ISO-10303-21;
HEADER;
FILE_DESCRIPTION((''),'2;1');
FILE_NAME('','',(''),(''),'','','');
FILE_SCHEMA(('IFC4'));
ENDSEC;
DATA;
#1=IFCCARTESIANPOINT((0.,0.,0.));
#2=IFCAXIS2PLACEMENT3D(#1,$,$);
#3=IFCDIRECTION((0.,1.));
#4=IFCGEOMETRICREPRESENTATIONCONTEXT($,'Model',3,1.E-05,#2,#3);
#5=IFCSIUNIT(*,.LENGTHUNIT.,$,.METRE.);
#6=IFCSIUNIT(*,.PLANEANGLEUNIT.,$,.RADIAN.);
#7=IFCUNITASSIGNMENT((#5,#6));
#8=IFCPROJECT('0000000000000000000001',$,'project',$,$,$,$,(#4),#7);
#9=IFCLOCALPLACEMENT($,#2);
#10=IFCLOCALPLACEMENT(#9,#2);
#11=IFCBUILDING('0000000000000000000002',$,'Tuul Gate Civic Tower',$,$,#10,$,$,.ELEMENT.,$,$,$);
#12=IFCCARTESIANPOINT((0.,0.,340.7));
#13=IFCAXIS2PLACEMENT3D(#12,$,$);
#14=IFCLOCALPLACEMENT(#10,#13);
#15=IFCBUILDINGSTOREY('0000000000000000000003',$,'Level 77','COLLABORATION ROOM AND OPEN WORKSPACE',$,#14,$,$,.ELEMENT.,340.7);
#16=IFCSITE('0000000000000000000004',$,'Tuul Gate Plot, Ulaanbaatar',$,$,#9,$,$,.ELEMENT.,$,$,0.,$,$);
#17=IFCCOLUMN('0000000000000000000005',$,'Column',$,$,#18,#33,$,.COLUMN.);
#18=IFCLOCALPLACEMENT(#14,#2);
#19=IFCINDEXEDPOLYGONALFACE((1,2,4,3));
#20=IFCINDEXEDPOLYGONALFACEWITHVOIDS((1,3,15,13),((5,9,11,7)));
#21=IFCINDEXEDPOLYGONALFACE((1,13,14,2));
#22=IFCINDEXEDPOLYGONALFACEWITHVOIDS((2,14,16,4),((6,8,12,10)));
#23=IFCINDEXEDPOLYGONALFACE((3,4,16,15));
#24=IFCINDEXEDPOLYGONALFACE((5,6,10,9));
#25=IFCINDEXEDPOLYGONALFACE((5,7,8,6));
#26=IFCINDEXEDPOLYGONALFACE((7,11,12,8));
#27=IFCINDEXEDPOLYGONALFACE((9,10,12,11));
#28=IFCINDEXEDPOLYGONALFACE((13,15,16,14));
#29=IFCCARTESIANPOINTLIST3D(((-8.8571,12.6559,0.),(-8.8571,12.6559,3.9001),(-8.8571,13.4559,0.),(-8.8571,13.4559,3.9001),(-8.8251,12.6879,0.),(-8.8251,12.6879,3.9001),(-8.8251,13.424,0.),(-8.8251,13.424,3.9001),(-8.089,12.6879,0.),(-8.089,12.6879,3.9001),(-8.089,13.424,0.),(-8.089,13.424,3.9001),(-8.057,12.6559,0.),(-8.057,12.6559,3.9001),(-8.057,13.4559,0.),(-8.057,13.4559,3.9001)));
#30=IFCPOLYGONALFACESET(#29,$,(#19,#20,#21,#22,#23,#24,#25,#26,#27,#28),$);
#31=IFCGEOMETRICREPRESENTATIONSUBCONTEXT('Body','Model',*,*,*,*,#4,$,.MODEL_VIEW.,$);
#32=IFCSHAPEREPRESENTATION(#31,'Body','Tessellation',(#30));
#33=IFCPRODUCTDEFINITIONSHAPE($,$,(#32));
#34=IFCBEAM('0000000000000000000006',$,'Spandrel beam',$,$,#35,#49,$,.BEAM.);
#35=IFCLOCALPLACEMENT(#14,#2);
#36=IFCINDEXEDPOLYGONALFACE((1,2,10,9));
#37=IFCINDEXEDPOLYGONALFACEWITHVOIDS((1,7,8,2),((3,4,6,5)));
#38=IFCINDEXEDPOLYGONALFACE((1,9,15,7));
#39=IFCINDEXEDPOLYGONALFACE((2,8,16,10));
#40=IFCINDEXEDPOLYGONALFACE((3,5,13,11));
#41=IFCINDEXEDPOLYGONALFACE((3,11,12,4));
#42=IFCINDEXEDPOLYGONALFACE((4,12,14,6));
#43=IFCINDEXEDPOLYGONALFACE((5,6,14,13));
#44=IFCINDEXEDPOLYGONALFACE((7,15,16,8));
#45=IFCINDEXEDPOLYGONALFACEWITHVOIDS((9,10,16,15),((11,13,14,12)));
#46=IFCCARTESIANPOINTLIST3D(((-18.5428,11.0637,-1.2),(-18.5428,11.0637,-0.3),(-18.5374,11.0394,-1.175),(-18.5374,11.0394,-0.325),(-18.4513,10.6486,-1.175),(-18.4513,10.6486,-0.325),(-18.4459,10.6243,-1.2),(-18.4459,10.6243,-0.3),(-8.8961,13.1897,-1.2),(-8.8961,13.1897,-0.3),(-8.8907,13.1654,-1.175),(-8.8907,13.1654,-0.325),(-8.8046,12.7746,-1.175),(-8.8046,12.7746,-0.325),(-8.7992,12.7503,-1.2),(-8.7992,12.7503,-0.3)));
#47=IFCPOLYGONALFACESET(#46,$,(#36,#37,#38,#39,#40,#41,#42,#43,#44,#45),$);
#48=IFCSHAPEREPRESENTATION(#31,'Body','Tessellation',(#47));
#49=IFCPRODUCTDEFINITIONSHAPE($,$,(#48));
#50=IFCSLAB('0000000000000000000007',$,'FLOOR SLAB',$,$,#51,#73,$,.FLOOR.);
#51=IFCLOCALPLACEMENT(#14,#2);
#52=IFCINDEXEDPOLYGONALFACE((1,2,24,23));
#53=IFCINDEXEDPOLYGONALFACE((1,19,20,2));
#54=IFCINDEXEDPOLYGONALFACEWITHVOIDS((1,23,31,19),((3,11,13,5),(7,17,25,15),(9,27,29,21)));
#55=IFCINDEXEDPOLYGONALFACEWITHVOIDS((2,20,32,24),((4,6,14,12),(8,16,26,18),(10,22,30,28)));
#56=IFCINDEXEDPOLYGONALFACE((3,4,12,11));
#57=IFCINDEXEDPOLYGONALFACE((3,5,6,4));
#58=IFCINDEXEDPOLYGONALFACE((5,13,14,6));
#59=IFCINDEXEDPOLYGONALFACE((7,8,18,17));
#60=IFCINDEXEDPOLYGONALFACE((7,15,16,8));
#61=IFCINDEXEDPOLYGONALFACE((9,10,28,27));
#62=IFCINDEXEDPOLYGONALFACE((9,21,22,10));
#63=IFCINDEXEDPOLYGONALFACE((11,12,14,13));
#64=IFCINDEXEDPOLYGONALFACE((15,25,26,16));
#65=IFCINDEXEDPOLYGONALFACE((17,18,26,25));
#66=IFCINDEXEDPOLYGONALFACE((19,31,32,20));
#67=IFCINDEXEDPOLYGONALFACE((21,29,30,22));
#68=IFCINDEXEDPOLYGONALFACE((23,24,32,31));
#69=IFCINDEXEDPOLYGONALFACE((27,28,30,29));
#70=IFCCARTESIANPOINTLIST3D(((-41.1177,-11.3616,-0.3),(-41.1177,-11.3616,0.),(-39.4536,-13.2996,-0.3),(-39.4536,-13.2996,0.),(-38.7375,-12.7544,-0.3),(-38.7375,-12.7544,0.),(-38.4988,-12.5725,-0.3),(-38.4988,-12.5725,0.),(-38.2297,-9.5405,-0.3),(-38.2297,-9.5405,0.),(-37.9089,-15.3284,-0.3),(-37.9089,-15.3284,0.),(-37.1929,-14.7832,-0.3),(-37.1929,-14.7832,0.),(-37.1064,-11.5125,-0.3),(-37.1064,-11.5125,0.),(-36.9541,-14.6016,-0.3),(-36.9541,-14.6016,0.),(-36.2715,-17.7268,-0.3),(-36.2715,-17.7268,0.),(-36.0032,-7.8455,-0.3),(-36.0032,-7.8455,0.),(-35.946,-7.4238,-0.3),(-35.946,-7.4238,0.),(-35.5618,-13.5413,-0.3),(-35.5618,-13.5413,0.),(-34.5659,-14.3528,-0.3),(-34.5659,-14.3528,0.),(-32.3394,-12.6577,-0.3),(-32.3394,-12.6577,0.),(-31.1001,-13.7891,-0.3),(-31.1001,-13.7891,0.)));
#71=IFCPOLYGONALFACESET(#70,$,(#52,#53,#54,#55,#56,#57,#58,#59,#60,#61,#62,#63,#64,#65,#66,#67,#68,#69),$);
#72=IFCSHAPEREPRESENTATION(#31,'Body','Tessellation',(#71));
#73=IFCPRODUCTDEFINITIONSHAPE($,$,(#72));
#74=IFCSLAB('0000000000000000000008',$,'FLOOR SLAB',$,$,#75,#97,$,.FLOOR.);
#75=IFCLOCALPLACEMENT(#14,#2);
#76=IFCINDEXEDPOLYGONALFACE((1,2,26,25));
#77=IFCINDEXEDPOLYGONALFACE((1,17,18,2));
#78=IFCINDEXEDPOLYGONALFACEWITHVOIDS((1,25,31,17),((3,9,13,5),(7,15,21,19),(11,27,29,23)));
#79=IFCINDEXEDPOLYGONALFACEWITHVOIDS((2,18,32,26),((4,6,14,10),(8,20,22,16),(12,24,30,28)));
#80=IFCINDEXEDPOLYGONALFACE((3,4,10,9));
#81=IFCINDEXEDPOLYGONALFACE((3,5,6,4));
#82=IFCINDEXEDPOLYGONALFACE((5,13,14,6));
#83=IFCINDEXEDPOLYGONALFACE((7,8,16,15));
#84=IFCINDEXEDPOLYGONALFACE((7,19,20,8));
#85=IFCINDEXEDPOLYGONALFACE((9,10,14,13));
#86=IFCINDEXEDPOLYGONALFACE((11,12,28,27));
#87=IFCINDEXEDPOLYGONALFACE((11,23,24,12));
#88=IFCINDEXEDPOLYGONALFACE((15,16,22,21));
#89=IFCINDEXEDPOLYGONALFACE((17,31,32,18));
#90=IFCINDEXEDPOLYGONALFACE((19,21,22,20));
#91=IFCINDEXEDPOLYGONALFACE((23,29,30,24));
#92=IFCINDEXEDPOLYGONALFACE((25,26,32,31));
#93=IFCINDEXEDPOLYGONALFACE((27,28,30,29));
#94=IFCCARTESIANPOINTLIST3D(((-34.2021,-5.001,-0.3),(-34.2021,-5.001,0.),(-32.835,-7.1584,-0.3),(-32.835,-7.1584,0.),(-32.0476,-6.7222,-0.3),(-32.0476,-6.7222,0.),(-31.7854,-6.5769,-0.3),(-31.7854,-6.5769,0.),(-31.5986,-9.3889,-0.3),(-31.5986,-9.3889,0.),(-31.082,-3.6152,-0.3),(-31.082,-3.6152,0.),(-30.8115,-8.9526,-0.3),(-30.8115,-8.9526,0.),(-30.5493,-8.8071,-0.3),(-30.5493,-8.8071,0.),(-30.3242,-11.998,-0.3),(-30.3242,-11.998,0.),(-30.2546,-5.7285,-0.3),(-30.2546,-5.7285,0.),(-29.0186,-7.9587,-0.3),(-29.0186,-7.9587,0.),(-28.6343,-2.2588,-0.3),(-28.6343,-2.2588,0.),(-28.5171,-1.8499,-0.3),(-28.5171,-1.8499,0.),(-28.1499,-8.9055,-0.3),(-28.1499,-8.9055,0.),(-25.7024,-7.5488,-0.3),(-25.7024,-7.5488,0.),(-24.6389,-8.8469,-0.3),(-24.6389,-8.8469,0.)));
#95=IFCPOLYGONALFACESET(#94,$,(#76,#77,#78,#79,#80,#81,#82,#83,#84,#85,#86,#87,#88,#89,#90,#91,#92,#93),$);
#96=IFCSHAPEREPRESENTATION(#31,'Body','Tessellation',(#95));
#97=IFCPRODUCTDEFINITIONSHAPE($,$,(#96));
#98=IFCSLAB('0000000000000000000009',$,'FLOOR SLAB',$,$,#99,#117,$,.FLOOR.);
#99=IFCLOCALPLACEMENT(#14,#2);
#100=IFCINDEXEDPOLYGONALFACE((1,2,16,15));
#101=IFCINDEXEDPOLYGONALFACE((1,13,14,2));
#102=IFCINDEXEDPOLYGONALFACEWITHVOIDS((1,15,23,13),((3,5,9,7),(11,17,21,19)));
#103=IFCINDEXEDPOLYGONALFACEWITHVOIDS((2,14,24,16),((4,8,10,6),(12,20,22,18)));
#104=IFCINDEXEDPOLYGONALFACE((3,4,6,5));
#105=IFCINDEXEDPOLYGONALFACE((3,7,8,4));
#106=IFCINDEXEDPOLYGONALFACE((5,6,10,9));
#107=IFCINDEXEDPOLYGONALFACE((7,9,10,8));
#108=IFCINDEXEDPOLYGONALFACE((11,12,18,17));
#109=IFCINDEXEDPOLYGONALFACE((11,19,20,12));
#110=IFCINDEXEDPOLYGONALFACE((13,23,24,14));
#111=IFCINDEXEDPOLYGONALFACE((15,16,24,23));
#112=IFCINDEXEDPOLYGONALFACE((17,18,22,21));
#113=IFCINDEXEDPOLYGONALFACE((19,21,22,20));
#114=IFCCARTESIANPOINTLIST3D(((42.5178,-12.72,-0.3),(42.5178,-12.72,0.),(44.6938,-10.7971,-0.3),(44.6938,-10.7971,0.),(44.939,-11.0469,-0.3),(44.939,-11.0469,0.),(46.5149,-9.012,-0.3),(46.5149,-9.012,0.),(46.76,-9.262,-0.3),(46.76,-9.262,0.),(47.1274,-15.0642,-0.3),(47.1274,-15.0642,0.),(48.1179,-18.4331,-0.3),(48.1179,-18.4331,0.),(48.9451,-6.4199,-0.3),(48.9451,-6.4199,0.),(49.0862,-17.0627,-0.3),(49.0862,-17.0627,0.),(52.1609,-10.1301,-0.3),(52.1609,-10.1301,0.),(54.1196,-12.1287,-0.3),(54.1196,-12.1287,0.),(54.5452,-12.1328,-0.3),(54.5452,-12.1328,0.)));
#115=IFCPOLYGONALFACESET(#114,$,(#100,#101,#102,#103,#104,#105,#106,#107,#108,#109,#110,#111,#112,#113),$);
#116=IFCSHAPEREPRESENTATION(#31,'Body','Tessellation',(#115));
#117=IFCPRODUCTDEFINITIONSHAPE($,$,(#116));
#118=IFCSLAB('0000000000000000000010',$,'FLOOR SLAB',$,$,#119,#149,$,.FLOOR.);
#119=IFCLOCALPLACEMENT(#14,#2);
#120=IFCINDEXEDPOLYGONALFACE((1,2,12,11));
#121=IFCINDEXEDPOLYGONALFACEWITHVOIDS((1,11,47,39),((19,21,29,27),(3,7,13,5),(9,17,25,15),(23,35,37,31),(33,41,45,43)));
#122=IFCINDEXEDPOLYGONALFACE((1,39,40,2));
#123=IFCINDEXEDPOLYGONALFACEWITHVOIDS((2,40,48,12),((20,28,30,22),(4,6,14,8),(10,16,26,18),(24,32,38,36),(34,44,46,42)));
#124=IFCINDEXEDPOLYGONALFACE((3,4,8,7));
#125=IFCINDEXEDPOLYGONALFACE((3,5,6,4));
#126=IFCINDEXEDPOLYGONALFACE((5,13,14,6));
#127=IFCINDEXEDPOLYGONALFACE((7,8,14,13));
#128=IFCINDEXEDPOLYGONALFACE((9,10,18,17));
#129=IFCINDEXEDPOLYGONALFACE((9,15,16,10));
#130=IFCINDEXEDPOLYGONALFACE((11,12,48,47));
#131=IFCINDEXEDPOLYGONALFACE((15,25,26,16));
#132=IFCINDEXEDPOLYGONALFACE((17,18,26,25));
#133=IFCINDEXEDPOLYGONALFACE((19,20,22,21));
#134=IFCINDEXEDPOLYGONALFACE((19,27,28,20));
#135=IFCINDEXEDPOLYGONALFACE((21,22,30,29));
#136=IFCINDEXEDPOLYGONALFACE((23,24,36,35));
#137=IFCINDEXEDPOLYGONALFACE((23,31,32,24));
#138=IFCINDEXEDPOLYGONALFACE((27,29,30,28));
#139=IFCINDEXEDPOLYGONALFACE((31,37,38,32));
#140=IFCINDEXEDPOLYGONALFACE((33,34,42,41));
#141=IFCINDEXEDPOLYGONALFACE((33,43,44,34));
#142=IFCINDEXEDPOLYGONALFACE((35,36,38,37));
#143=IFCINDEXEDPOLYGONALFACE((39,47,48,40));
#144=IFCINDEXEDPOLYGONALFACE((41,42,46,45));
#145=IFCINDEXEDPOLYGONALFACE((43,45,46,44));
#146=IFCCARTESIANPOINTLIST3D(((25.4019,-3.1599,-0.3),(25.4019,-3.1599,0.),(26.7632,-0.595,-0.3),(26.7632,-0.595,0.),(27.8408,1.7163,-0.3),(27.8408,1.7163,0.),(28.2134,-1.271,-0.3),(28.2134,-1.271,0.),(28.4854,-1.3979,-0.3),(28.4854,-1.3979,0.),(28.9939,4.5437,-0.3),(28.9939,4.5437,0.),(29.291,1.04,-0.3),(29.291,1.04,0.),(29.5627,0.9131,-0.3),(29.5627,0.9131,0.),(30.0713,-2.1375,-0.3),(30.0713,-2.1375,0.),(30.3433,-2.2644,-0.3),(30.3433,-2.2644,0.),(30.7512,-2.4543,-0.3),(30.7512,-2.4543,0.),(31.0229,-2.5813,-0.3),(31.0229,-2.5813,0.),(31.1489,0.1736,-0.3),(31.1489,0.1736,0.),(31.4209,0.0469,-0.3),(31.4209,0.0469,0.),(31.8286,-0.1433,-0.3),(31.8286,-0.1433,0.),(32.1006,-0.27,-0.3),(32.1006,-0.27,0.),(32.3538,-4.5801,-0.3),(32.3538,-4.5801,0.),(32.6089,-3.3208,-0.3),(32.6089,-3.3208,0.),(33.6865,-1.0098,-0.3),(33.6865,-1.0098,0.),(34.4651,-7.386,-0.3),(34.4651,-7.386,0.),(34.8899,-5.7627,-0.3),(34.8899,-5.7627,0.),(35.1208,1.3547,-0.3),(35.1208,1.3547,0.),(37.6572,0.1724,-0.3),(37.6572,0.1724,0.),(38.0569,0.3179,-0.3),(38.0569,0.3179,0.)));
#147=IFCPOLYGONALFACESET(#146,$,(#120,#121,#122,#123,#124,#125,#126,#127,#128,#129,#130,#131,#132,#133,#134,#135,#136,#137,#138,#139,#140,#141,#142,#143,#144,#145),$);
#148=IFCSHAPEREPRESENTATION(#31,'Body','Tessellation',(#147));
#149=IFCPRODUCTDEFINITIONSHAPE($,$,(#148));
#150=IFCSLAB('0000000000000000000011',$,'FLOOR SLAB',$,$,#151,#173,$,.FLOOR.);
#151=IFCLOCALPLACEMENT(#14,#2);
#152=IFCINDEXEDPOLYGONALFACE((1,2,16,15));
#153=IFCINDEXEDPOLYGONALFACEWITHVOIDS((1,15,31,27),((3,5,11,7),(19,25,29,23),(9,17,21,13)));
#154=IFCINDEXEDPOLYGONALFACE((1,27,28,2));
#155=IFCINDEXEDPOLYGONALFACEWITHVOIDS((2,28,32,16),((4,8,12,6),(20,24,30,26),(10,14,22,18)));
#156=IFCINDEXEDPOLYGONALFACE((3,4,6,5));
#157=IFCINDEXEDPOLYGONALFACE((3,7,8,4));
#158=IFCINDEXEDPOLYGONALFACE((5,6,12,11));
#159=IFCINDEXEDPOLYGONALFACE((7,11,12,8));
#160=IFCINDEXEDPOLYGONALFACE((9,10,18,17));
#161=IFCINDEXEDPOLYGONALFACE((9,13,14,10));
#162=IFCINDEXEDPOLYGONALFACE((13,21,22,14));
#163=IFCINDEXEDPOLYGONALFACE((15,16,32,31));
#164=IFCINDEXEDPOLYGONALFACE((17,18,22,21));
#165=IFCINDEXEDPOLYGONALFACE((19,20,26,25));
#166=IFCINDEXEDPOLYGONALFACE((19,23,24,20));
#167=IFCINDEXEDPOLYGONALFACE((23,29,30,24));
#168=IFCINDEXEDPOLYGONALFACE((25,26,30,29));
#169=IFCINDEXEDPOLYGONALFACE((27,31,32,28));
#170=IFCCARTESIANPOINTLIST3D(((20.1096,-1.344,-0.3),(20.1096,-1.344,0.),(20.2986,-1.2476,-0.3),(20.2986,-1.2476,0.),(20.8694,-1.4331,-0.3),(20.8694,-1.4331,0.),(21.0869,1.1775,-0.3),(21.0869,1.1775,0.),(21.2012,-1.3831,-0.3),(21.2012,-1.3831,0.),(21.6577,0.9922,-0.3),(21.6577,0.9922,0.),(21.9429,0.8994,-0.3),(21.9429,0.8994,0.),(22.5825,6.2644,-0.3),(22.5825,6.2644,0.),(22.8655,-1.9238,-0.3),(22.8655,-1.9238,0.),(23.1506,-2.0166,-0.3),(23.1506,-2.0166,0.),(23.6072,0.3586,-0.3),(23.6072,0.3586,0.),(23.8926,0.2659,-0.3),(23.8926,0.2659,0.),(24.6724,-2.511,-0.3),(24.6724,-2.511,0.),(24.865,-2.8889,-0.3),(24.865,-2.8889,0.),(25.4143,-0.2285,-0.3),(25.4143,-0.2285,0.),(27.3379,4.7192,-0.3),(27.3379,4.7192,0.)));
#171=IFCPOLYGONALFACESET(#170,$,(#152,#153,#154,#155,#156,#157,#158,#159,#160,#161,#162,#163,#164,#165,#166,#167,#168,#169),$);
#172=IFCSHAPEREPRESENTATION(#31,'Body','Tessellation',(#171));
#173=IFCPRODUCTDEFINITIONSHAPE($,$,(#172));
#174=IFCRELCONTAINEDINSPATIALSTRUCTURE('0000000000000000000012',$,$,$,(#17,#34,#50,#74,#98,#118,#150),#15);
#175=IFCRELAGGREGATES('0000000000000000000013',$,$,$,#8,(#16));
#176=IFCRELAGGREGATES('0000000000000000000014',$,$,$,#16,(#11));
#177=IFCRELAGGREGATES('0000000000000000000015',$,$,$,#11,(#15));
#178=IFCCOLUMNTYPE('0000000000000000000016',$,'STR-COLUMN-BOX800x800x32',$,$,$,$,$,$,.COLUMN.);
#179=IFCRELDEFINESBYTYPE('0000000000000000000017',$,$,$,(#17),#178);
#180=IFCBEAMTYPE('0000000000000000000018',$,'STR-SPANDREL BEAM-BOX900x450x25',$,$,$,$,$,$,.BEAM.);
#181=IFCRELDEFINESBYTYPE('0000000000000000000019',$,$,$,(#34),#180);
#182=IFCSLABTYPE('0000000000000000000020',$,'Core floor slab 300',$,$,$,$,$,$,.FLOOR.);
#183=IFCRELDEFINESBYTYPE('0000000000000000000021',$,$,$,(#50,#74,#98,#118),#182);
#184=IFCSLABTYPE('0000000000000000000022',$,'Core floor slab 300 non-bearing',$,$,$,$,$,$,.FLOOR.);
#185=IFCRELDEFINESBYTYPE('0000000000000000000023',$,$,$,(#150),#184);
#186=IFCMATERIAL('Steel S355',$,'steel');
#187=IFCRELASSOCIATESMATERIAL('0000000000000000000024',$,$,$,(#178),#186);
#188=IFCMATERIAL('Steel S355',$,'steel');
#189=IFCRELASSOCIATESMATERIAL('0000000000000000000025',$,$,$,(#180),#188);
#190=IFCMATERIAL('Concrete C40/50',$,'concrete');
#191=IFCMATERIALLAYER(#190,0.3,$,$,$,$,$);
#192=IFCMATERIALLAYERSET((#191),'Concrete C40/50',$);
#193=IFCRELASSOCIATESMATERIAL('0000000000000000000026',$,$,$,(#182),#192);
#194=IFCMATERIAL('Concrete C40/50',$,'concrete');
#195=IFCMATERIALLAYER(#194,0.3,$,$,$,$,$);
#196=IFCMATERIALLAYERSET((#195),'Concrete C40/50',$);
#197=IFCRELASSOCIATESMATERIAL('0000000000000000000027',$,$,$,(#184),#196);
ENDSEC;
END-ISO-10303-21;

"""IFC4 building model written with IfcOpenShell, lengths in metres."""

from ifc_helpers import new_model, si_unit, direction, frame, origin, origin_2d, place, context, subcontext, project, spatial, polyline, hollow_rectangle, outline, extrude, material, layer, layer_set, material_profile, profile_set, type_object, element, save


model = new_model("IFC4")

# Units and contexts
model_context = context("Model", 3, precision=1e-05, world=origin(), true_north=direction((0.0, 1.0)))
body_context = subcontext(model_context, "Body", "Model", "MODEL_VIEW")
ifc_project = project(units=[si_unit("LENGTHUNIT", "METRE"), si_unit("PLANEANGLEUNIT", "RADIAN")], contexts=[model_context])

# Site, building, storey
site_placement = place(None, origin())
site = spatial("IfcSite", under=ifc_project, at=site_placement, Name="Tuul Gate Plot, Ulaanbaatar", CompositionType="ELEMENT", RefElevation=0.0)
building_placement = place(site_placement, origin())
building = spatial("IfcBuilding", under=site, at=building_placement, Name="Tuul Gate Civic Tower", CompositionType="ELEMENT")
storey_placement = place(building_placement, frame((0.0, 0.0, 340.7)))
storey = spatial("IfcBuildingStorey", under=building, at=storey_placement, Name="Level 77", Description="COLLABORATION ROOM AND OPEN WORKSPACE", CompositionType="ELEMENT", Elevation=340.7)

# Column
ifc_material_1 = material(Name="Steel S355", Category="steel")
ifc_material_profile_1 = material_profile(ifc_material_1, hollow_rectangle(XDim=0.8, YDim=0.8, WallThickness=0.032, at=origin_2d()), Name="BOX800x800x32")
ifc_profile_set_1 = profile_set([ifc_material_profile_1], Name="Steel S355")
column_type = type_object("IfcColumnType", Name="STR-COLUMN-BOX800x800x32", PredefinedType="COLUMN", material=ifc_profile_set_1)
column_placement = place(storey_placement, frame((-8.457, 13.0559, 0.0), z_axis=(0.0, 0.0, 1.0), x_axis=(1.0, 0.0, 0.0)))
element("IfcColumn", 1, at=column_placement, inside=storey, type_object=column_type, Name="Column", PredefinedType="COLUMN", context=body_context, shape_type="SweptSolid", body=[
    extrude(hollow_rectangle(XDim=0.8, YDim=0.8, WallThickness=0.032, at=origin_2d()), origin(), (0.0, 0.0, 1.0), 3.9001),
])

# Beam
ifc_material_2 = material(Name="Steel S355", Category="steel")
ifc_material_profile_2 = material_profile(ifc_material_2, hollow_rectangle(XDim=0.45, YDim=0.8999, WallThickness=0.0249, at=origin_2d()), Name="BOX900x450x25")
ifc_profile_set_2 = profile_set([ifc_material_profile_2], Name="Steel S355")
beam_type = type_object("IfcBeamType", Name="STR-SPANDREL BEAM-BOX900x450x25", PredefinedType="BEAM", material=ifc_profile_set_2)
beam_placement = place(storey_placement, frame((-8.8477, 12.97, -0.75), z_axis=(-0.976566, -0.215219, 0.0), x_axis=(0.215219, -0.976566, 0.0)))
element("IfcBeam", 2, at=beam_placement, inside=storey, type_object=beam_type, Name="Spandrel beam", PredefinedType="BEAM", context=body_context, shape_type="SweptSolid", body=[
    extrude(hollow_rectangle(XDim=0.45, YDim=0.8999, WallThickness=0.0249, at=origin_2d()), origin(), (0.0, 0.0, 1.0), 9.8782),
])

# Slabs
ifc_material_3 = material(Name="Concrete C40/50", Category="concrete")
ifc_layer_1 = layer(ifc_material_3, 0.3)
ifc_layer_set_1 = layer_set([ifc_layer_1], Name="Concrete C40/50")
slab_type_1 = type_object("IfcSlabType", Name="Core floor slab 300", PredefinedType="FLOOR", material=ifc_layer_set_1)
slab_1_placement = place(storey_placement, frame((0.0, 0.0, -0.3)))
element("IfcSlab", 3, at=slab_1_placement, inside=storey, type_object=slab_type_1, Name="FLOOR SLAB", PredefinedType="FLOOR", context=body_context, shape_type="SweptSolid", body=[
    extrude(outline(polyline([(-31.1001, -13.7891), (-35.946, -7.4238), (-41.1177, -11.3616), (-36.2715, -17.7268), (-31.1001, -13.7891)]), holes=[polyline([(-35.5618, -13.5413), (-37.1064, -11.5125), (-38.4988, -12.5725), (-36.9541, -14.6016), (-35.5618, -13.5413)]), polyline([(-37.1929, -14.7832), (-38.7375, -12.7544), (-39.4536, -13.2996), (-37.9089, -15.3284), (-37.1929, -14.7832)]), polyline([(-32.3394, -12.6577), (-34.5659, -14.3528), (-38.2297, -9.5405), (-36.0032, -7.8455), (-32.3394, -12.6577)])]), origin(), (0.0, 0.0, 1.0), 0.3),
])
slab_2_placement = place(storey_placement, frame((0.0, 0.0, -0.3)))
element("IfcSlab", 4, at=slab_2_placement, inside=storey, type_object=slab_type_1, Name="FLOOR SLAB", PredefinedType="FLOOR", context=body_context, shape_type="SweptSolid", body=[
    extrude(outline(polyline([(-24.6389, -8.8469), (-28.5171, -1.8499), (-34.2021, -5.001), (-30.3242, -11.998), (-24.6389, -8.8469)]), holes=[polyline([(-29.0186, -7.9587), (-30.2546, -5.7285), (-31.7854, -6.5769), (-30.5493, -8.8071), (-29.0186, -7.9587)]), polyline([(-30.8115, -8.9526), (-32.0476, -6.7222), (-32.835, -7.1584), (-31.5986, -9.3889), (-30.8115, -8.9526)]), polyline([(-25.7024, -7.5488), (-28.1499, -8.9055), (-31.082, -3.6152), (-28.6343, -2.2588), (-25.7024, -7.5488)])]), origin(), (0.0, 0.0, 1.0), 0.3),
])
slab_3_placement = place(storey_placement, frame((0.0, 0.0, -0.3)))
element("IfcSlab", 5, at=slab_3_placement, inside=storey, type_object=slab_type_1, Name="FLOOR SLAB", PredefinedType="FLOOR", context=body_context, shape_type="SweptSolid", body=[
    extrude(outline(polyline([(48.1179, -18.4331), (54.5452, -12.1328), (48.9451, -6.4199), (42.5178, -12.72), (48.1179, -18.4331)]), holes=[polyline([(44.939, -11.0469), (46.76, -9.262), (46.5149, -9.012), (44.6938, -10.7971), (44.939, -11.0469)]), polyline([(49.0862, -17.0627), (47.1274, -15.0642), (52.1609, -10.1301), (54.1196, -12.1287), (49.0862, -17.0627)])]), origin(), (0.0, 0.0, 1.0), 0.3),
])
slab_4_placement = place(storey_placement, frame((0.0, 0.0, -0.3)))
element("IfcSlab", 6, at=slab_4_placement, inside=storey, type_object=slab_type_1, Name="FLOOR SLAB", PredefinedType="FLOOR", context=body_context, shape_type="SweptSolid", body=[
    extrude(outline(polyline([(34.4651, -7.386), (38.0569, 0.3179), (28.9939, 4.5437), (25.4019, -3.1599), (34.4651, -7.386)]), holes=[polyline([(32.6089, -3.3208), (33.6865, -1.0098), (32.1006, -0.27), (31.0229, -2.5813), (32.6089, -3.3208)]), polyline([(30.0713, -2.1375), (31.1489, 0.1736), (29.5627, 0.9131), (28.4854, -1.3979), (30.0713, -2.1375)]), polyline([(30.7512, -2.4543), (31.8286, -0.1433), (31.4209, 0.0469), (30.3433, -2.2644), (30.7512, -2.4543)]), polyline([(28.2134, -1.271), (29.291, 1.04), (27.8408, 1.7163), (26.7632, -0.595), (28.2134, -1.271)]), polyline([(34.8899, -5.7627), (32.3538, -4.5801), (35.1208, 1.3547), (37.6572, 0.1724), (34.8899, -5.7627)])]), origin(), (0.0, 0.0, 1.0), 0.3),
])
ifc_material_4 = material(Name="Concrete C40/50", Category="concrete")
ifc_layer_2 = layer(ifc_material_4, 0.3)
ifc_layer_set_2 = layer_set([ifc_layer_2], Name="Concrete C40/50")
slab_type_2 = type_object("IfcSlabType", Name="Core floor slab 300 non-bearing", PredefinedType="FLOOR", material=ifc_layer_set_2)
slab_5_placement = place(storey_placement, frame((0.0, 0.0, -0.3)))
element("IfcSlab", 7, at=slab_5_placement, inside=storey, type_object=slab_type_2, Name="FLOOR SLAB", PredefinedType="FLOOR", context=body_context, shape_type="SweptSolid", body=[
    extrude(outline(polyline([(24.865, -2.8889), (27.3379, 4.7192), (22.5825, 6.2644), (20.1096, -1.344), (24.865, -2.8889)]), holes=[polyline([(24.6724, -2.511), (25.4143, -0.2285), (23.8926, 0.2659), (23.1506, -2.0166), (24.6724, -2.511)]), polyline([(22.8655, -1.9238), (23.6072, 0.3586), (21.9429, 0.8994), (21.2012, -1.3831), (22.8655, -1.9238)]), polyline([(20.8694, -1.4331), (21.6577, 0.9922), (21.0869, 1.1775), (20.2986, -1.2476), (20.8694, -1.4331)])]), origin(), (0.0, 0.0, 1.0), 0.3),
])

save(model, "model.ifc")
